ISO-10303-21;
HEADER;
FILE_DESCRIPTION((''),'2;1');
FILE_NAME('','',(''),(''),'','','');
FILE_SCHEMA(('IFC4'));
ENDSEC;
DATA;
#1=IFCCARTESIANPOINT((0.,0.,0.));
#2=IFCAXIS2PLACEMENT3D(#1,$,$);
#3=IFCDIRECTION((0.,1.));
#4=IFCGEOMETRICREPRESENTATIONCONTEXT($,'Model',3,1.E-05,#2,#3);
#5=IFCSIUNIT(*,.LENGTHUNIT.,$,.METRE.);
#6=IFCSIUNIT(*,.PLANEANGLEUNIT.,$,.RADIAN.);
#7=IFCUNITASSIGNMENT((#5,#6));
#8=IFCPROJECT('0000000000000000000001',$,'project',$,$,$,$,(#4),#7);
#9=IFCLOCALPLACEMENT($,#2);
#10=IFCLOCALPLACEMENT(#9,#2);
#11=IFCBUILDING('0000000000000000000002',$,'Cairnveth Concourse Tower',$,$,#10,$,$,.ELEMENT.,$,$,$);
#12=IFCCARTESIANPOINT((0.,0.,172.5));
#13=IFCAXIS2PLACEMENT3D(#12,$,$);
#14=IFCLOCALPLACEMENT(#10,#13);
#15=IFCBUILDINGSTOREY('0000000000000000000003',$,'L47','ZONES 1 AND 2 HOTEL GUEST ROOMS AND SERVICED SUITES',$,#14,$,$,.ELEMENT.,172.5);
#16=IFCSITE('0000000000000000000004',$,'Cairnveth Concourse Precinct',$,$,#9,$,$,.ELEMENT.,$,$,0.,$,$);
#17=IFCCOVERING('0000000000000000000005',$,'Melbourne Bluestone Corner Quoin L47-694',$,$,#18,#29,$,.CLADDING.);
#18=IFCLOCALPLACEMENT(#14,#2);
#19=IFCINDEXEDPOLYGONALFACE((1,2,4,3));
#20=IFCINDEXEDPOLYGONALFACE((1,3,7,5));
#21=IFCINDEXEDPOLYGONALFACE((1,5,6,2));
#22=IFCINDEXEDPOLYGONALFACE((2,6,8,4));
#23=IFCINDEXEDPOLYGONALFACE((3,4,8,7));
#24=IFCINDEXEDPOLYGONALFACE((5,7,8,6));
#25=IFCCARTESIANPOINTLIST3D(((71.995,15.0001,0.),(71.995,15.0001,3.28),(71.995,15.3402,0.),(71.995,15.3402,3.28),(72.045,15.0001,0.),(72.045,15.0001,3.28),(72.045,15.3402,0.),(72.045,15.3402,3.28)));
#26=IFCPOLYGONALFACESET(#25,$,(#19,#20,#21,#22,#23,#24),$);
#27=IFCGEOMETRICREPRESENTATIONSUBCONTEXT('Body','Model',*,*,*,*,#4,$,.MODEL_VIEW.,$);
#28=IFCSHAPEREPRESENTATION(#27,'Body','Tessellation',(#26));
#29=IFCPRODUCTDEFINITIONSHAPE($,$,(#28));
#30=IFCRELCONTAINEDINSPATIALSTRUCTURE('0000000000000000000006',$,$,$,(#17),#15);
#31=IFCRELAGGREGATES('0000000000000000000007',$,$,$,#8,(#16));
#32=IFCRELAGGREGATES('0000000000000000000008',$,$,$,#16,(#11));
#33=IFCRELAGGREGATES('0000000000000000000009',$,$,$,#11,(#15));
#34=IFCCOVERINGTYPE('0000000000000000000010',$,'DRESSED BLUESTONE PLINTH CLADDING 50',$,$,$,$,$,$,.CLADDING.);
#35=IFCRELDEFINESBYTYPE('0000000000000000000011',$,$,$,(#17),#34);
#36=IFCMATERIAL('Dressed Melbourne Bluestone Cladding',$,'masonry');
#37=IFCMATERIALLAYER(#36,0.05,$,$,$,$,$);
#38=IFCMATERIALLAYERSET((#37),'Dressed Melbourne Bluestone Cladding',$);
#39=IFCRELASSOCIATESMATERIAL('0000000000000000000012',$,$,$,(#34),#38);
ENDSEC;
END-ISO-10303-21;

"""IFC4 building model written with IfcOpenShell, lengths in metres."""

from ifc_helpers import new_model, si_unit, direction, frame, frame_2d, origin, place, context, subcontext, project, spatial, rectangle, extrude, material, layer, layer_set, type_object, element, save


model = new_model("IFC4")

# Units and contexts
model_context = context("Model", 3, precision=1e-05, world=origin(), true_north=direction((0.0, 1.0)))
body_context = subcontext(model_context, "Body", "Model", "MODEL_VIEW")
ifc_project = project(units=[si_unit("LENGTHUNIT", "METRE"), si_unit("PLANEANGLEUNIT", "RADIAN")], contexts=[model_context])

# Site, building, storey
site_placement = place(None, origin())
site = spatial("IfcSite", under=ifc_project, at=site_placement, Name="Cairnveth Concourse Precinct", CompositionType="ELEMENT", RefElevation=0.0)
building_placement = place(site_placement, origin())
building = spatial("IfcBuilding", under=site, at=building_placement, Name="Cairnveth Concourse Tower", CompositionType="ELEMENT")
storey_placement = place(building_placement, frame((0.0, 0.0, 172.5)))
storey = spatial("IfcBuildingStorey", under=building, at=storey_placement, Name="L47", Description="ZONES 1 AND 2 HOTEL GUEST ROOMS AND SERVICED SUITES", CompositionType="ELEMENT", Elevation=172.5)

# Covering
ifc_material_1 = material(Name="Dressed Melbourne Bluestone Cladding", Category="masonry")
ifc_layer_1 = layer(ifc_material_1, 0.05)
ifc_layer_set_1 = layer_set([ifc_layer_1], Name="Dressed Melbourne Bluestone Cladding")
covering_type = type_object("IfcCoveringType", Name="DRESSED BLUESTONE PLINTH CLADDING 50", PredefinedType="CLADDING", material=ifc_layer_set_1)
for number, where, z_axis, x_axis, name in (
    (1, (72.02, 15.3401, 0.0), (0.0, 0.0, 1.0), (0.0, -1.0, 0.0), "Melbourne Bluestone Corner Quoin L47-694"),
):
    element("IfcCovering", number, at=place(storey_placement, frame(where, z_axis=z_axis, x_axis=x_axis)), inside=storey, type_object=covering_type, Name=name, PredefinedType="CLADDING", context=body_context, shape_type="SweptSolid", body=[
        extrude(rectangle(XDim=0.3401, YDim=0.05, at=frame_2d((0.1699, 0.0))), origin(), (0.0, 0.0, 1.0), 3.28),
    ])

save(model, "model.ifc")
